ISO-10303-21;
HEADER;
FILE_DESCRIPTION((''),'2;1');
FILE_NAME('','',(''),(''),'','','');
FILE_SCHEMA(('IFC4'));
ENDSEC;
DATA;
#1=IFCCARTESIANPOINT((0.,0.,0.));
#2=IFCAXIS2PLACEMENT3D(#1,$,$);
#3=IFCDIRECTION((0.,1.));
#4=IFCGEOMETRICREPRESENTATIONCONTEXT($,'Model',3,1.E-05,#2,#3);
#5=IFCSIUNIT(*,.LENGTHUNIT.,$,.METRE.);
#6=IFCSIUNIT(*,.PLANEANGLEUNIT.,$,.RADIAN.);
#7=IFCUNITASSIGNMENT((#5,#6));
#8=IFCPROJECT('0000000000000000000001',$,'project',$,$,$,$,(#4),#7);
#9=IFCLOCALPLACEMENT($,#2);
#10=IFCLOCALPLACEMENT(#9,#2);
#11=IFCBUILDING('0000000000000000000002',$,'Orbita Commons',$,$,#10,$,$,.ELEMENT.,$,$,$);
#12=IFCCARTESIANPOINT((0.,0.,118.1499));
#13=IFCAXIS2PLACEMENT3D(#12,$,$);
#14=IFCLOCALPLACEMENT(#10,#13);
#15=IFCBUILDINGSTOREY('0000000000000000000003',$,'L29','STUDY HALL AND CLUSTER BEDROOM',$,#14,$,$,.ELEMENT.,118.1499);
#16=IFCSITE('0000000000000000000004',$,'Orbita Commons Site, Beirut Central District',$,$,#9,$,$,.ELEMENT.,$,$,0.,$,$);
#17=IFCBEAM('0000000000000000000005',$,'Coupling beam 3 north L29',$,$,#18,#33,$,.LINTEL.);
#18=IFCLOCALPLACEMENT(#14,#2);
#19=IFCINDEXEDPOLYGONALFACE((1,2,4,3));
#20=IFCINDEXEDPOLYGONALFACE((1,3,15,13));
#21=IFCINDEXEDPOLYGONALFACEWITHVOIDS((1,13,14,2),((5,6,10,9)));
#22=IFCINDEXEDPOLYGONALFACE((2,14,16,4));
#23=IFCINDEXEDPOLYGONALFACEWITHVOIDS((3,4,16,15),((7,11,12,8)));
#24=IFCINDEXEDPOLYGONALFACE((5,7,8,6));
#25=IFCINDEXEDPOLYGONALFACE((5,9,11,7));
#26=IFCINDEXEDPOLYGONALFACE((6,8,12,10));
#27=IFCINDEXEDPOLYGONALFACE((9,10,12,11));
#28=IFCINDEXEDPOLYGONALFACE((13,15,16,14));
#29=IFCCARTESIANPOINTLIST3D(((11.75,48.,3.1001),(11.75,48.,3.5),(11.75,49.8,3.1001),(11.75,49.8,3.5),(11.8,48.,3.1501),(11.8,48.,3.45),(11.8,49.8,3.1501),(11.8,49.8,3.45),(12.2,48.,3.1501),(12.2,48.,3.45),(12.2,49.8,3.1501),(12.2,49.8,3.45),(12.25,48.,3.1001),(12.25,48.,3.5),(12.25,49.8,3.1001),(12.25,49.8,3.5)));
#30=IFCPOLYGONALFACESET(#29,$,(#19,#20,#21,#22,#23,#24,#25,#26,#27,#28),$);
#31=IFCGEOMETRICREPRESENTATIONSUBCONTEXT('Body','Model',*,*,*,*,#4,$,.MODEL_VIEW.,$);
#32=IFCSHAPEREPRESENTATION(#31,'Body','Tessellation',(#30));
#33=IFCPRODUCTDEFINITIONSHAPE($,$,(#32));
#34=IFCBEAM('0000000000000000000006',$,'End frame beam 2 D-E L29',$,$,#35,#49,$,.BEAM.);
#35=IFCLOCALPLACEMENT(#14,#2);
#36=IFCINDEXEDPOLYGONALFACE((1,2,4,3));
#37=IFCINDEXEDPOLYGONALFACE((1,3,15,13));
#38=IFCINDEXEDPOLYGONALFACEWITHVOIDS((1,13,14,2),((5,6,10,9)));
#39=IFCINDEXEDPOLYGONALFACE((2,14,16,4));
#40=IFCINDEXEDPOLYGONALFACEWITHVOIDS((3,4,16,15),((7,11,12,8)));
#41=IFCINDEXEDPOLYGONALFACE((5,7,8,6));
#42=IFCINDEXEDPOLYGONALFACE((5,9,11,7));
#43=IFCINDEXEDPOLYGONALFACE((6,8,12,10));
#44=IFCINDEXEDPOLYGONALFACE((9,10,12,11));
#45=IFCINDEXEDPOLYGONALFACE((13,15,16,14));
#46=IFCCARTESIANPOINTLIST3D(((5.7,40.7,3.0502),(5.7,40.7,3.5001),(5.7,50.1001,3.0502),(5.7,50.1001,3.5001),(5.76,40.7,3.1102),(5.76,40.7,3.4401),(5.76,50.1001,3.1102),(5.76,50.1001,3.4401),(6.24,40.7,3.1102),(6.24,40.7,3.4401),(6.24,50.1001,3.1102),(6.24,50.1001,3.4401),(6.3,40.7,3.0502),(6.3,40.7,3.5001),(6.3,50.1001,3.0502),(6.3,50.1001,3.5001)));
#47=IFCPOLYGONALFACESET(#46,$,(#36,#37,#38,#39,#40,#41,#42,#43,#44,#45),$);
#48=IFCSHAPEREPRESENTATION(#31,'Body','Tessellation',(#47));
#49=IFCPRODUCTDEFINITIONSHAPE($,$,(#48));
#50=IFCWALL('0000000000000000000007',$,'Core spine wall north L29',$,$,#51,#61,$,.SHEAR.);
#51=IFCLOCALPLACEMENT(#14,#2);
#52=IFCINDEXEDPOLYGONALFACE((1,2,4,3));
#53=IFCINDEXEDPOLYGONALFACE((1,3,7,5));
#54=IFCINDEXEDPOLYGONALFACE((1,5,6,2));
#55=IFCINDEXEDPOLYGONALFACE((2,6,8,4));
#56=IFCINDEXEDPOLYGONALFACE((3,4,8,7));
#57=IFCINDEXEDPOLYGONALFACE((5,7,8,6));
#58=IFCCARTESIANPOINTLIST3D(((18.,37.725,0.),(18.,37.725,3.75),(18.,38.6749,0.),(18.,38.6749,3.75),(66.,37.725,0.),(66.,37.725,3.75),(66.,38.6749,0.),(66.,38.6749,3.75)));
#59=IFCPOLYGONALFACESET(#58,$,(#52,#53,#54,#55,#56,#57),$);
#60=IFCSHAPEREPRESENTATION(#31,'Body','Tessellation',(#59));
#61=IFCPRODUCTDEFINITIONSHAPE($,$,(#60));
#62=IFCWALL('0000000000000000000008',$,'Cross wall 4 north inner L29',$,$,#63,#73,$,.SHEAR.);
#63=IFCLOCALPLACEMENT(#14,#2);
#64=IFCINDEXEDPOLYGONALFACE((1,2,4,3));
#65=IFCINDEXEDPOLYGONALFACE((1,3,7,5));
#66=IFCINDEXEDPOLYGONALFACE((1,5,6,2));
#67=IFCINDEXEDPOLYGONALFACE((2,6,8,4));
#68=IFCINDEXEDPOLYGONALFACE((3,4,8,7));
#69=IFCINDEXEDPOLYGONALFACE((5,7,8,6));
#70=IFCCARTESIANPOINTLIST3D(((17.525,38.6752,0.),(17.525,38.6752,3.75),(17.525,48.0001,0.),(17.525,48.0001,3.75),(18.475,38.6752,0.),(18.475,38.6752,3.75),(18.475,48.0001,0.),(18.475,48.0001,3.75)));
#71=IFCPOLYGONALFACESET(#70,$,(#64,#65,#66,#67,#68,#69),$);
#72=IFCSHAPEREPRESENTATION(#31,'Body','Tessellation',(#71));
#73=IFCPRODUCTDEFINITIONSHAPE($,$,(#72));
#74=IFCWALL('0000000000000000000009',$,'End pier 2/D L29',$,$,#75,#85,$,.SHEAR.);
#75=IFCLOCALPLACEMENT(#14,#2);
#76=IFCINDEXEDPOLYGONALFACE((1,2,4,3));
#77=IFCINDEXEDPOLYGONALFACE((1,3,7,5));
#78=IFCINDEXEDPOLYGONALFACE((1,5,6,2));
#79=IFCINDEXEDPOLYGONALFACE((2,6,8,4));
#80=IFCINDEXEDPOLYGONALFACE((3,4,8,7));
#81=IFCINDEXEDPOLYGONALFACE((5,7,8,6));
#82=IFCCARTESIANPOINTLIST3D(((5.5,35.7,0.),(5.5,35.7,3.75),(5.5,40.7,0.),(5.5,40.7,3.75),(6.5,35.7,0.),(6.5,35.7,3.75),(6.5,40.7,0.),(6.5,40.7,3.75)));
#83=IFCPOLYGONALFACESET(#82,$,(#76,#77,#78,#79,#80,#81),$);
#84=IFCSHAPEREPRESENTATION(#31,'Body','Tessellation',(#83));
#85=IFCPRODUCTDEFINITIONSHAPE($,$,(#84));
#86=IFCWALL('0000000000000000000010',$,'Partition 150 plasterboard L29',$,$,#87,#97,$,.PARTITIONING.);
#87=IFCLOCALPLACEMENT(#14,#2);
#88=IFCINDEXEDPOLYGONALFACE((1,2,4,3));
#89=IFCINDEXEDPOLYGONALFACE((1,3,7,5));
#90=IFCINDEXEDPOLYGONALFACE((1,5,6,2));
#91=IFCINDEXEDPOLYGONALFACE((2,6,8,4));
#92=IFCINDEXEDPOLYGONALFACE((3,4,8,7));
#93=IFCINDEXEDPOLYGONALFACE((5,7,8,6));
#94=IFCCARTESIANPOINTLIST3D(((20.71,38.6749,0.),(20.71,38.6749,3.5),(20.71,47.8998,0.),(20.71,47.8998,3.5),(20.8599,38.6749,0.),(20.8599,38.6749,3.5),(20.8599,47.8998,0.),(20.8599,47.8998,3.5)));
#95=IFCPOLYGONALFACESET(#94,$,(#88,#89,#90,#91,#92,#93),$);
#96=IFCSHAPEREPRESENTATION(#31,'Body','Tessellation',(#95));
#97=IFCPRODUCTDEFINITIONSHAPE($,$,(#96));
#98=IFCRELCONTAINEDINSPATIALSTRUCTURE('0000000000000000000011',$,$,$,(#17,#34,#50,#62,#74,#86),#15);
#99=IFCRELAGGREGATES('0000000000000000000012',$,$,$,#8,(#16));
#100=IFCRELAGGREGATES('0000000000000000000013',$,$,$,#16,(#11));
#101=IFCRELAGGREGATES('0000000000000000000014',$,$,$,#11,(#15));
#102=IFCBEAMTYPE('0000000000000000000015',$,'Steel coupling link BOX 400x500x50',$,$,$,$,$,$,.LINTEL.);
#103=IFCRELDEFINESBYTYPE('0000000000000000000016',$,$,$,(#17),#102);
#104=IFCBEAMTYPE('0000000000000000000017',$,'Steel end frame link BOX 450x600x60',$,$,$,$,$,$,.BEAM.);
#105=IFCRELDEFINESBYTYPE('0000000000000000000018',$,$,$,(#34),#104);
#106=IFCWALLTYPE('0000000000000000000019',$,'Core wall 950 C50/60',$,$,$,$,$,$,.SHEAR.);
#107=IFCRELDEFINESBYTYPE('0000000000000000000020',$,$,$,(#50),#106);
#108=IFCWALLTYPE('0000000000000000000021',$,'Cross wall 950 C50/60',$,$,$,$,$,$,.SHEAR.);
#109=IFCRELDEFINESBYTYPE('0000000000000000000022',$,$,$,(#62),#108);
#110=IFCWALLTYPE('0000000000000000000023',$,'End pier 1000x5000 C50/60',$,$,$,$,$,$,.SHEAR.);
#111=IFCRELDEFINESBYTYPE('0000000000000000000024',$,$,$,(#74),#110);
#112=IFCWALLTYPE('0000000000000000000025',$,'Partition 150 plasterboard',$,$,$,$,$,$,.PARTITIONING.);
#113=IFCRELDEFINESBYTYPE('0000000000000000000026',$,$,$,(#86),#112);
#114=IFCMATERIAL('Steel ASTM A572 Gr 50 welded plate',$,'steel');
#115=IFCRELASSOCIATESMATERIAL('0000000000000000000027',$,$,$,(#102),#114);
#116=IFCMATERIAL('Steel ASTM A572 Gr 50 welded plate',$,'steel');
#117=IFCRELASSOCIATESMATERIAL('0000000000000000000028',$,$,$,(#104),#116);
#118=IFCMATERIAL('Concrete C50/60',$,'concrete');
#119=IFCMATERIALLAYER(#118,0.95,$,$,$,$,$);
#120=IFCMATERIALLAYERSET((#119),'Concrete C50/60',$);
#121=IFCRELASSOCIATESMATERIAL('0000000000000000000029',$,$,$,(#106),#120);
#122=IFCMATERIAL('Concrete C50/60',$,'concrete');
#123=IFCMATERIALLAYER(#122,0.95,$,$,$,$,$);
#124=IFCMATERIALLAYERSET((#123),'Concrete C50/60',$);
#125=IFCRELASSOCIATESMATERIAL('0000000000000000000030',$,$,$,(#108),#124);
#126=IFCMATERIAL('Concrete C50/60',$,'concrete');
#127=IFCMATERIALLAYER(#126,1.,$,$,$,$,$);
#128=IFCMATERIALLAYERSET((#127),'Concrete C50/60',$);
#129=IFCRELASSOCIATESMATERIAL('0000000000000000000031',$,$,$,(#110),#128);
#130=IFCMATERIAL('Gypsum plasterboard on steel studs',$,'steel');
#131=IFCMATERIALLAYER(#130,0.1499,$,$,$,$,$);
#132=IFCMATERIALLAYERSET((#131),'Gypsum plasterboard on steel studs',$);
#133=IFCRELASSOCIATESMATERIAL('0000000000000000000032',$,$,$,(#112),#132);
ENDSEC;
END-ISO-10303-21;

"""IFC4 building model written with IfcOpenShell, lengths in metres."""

from ifc_helpers import new_model, si_unit, direction, frame, frame_2d, origin, origin_2d, place, context, subcontext, project, spatial, rectangle, hollow_rectangle, extrude, material, layer, layer_set, material_profile, profile_set, type_object, element, save


model = new_model("IFC4")

# Units and contexts
model_context = context("Model", 3, precision=1e-05, world=origin(), true_north=direction((0.0, 1.0)))
body_context = subcontext(model_context, "Body", "Model", "MODEL_VIEW")
ifc_project = project(units=[si_unit("LENGTHUNIT", "METRE"), si_unit("PLANEANGLEUNIT", "RADIAN")], contexts=[model_context])

# Site, building, storey
site_placement = place(None, origin())
site = spatial("IfcSite", under=ifc_project, at=site_placement, Name="Orbita Commons Site, Beirut Central District", CompositionType="ELEMENT", RefElevation=0.0)
building_placement = place(site_placement, origin())
building = spatial("IfcBuilding", under=site, at=building_placement, Name="Orbita Commons", CompositionType="ELEMENT")
storey_placement = place(building_placement, frame((0.0, 0.0, 118.1499)))
storey = spatial("IfcBuildingStorey", under=building, at=storey_placement, Name="L29", Description="STUDY HALL AND CLUSTER BEDROOM", CompositionType="ELEMENT", Elevation=118.1499)

# Beams
ifc_material_1 = material(Name="Steel ASTM A572 Gr 50 welded plate", Category="steel")
ifc_material_profile_1 = material_profile(ifc_material_1, hollow_rectangle(XDim=0.5, YDim=0.3999, WallThickness=0.05, at=origin_2d()), Name="BOX 400x500x50")
ifc_profile_set_1 = profile_set([ifc_material_profile_1], Name="Steel ASTM A572 Gr 50 welded plate")
beam_type_1 = type_object("IfcBeamType", Name="Steel coupling link BOX 400x500x50", PredefinedType="LINTEL", material=ifc_profile_set_1)
beam_1_placement = place(storey_placement, frame((12.0, 48.0, 3.3), z_axis=(0.0, 1.0, 0.0), x_axis=(-1.0, 0.0, 0.0)))
element("IfcBeam", 1, at=beam_1_placement, inside=storey, type_object=beam_type_1, Name="Coupling beam 3 north L29", PredefinedType="LINTEL", context=body_context, shape_type="SweptSolid", body=[
    extrude(hollow_rectangle(XDim=0.5, YDim=0.3999, WallThickness=0.05, at=origin_2d()), origin(), (0.0, 0.0, 1.0), 1.8),
])
ifc_material_2 = material(Name="Steel ASTM A572 Gr 50 welded plate", Category="steel")
ifc_material_profile_2 = material_profile(ifc_material_2, hollow_rectangle(XDim=0.6001, YDim=0.45, WallThickness=0.0601, at=origin_2d()), Name="BOX 450x600x60")
ifc_profile_set_2 = profile_set([ifc_material_profile_2], Name="Steel ASTM A572 Gr 50 welded plate")
beam_type_2 = type_object("IfcBeamType", Name="Steel end frame link BOX 450x600x60", PredefinedType="BEAM", material=ifc_profile_set_2)
beam_2_placement = place(storey_placement, frame((6.0, 40.7, 3.2751), z_axis=(0.0, 1.0, 0.0), x_axis=(-1.0, 0.0, 0.0)))
element("IfcBeam", 2, at=beam_2_placement, inside=storey, type_object=beam_type_2, Name="End frame beam 2 D-E L29", PredefinedType="BEAM", context=body_context, shape_type="SweptSolid", body=[
    extrude(hollow_rectangle(XDim=0.6001, YDim=0.45, WallThickness=0.0601, at=origin_2d()), origin(), (0.0, 0.0, 1.0), 9.4001),
])

# Walls
ifc_material_3 = material(Name="Concrete C50/60", Category="concrete")
ifc_layer_1 = layer(ifc_material_3, 0.95)
ifc_layer_set_1 = layer_set([ifc_layer_1], Name="Concrete C50/60")
wall_type_1 = type_object("IfcWallType", Name="Core wall 950 C50/60", PredefinedType="SHEAR", material=ifc_layer_set_1)
wall_1_placement = place(storey_placement, frame((18.0, 38.2, 0.0), z_axis=(0.0, 0.0, 1.0), x_axis=(1.0, 0.0, 0.0)))
element("IfcWall", 3, at=wall_1_placement, inside=storey, type_object=wall_type_1, Name="Core spine wall north L29", PredefinedType="SHEAR", context=body_context, shape_type="SweptSolid", body=[
    extrude(rectangle(XDim=48.0, YDim=0.95, at=frame_2d((24.0, 0.0))), origin(), (0.0, 0.0, 1.0), 3.75),
])
ifc_material_4 = material(Name="Concrete C50/60", Category="concrete")
ifc_layer_2 = layer(ifc_material_4, 0.95)
ifc_layer_set_2 = layer_set([ifc_layer_2], Name="Concrete C50/60")
wall_type_2 = type_object("IfcWallType", Name="Cross wall 950 C50/60", PredefinedType="SHEAR", material=ifc_layer_set_2)
wall_2_placement = place(storey_placement, frame((18.0, 38.675, 0.0), z_axis=(0.0, 0.0, 1.0), x_axis=(0.0, 1.0, 0.0)))
element("IfcWall", 4, at=wall_2_placement, inside=storey, type_object=wall_type_2, Name="Cross wall 4 north inner L29", PredefinedType="SHEAR", context=body_context, shape_type="SweptSolid", body=[
    extrude(rectangle(XDim=9.325, YDim=0.95, at=frame_2d((4.6626, 0.0))), origin(), (0.0, 0.0, 1.0), 3.75),
])
ifc_material_5 = material(Name="Concrete C50/60", Category="concrete")
ifc_layer_3 = layer(ifc_material_5, 1.0)
ifc_layer_set_3 = layer_set([ifc_layer_3], Name="Concrete C50/60")
wall_type_3 = type_object("IfcWallType", Name="End pier 1000x5000 C50/60", PredefinedType="SHEAR", material=ifc_layer_set_3)
wall_3_placement = place(storey_placement, frame((6.0, 35.7, 0.0), z_axis=(0.0, 0.0, 1.0), x_axis=(0.0, 1.0, 0.0)))
element("IfcWall", 5, at=wall_3_placement, inside=storey, type_object=wall_type_3, Name="End pier 2/D L29", PredefinedType="SHEAR", context=body_context, shape_type="SweptSolid", body=[
    extrude(rectangle(XDim=5.0, YDim=1.0, at=frame_2d((2.5, 0.0))), origin(), (0.0, 0.0, 1.0), 3.75),
])
ifc_material_6 = material(Name="Gypsum plasterboard on steel studs", Category="steel")
ifc_layer_4 = layer(ifc_material_6, 0.1499)
ifc_layer_set_4 = layer_set([ifc_layer_4], Name="Gypsum plasterboard on steel studs")
wall_type_4 = type_object("IfcWallType", Name="Partition 150 plasterboard", PredefinedType="PARTITIONING", material=ifc_layer_set_4)
wall_4_placement = place(storey_placement, frame((20.7849, 38.675, 0.0), z_axis=(0.0, 0.0, 1.0), x_axis=(0.0, 1.0, 0.0)))
element("IfcWall", 6, at=wall_4_placement, inside=storey, type_object=wall_type_4, Name="Partition 150 plasterboard L29", PredefinedType="PARTITIONING", context=body_context, shape_type="SweptSolid", body=[
    extrude(rectangle(XDim=9.2249, YDim=0.1499, at=frame_2d((4.6123, 0.0))), origin(), (0.0, 0.0, 1.0), 3.5),
])

save(model, "model.ifc")
